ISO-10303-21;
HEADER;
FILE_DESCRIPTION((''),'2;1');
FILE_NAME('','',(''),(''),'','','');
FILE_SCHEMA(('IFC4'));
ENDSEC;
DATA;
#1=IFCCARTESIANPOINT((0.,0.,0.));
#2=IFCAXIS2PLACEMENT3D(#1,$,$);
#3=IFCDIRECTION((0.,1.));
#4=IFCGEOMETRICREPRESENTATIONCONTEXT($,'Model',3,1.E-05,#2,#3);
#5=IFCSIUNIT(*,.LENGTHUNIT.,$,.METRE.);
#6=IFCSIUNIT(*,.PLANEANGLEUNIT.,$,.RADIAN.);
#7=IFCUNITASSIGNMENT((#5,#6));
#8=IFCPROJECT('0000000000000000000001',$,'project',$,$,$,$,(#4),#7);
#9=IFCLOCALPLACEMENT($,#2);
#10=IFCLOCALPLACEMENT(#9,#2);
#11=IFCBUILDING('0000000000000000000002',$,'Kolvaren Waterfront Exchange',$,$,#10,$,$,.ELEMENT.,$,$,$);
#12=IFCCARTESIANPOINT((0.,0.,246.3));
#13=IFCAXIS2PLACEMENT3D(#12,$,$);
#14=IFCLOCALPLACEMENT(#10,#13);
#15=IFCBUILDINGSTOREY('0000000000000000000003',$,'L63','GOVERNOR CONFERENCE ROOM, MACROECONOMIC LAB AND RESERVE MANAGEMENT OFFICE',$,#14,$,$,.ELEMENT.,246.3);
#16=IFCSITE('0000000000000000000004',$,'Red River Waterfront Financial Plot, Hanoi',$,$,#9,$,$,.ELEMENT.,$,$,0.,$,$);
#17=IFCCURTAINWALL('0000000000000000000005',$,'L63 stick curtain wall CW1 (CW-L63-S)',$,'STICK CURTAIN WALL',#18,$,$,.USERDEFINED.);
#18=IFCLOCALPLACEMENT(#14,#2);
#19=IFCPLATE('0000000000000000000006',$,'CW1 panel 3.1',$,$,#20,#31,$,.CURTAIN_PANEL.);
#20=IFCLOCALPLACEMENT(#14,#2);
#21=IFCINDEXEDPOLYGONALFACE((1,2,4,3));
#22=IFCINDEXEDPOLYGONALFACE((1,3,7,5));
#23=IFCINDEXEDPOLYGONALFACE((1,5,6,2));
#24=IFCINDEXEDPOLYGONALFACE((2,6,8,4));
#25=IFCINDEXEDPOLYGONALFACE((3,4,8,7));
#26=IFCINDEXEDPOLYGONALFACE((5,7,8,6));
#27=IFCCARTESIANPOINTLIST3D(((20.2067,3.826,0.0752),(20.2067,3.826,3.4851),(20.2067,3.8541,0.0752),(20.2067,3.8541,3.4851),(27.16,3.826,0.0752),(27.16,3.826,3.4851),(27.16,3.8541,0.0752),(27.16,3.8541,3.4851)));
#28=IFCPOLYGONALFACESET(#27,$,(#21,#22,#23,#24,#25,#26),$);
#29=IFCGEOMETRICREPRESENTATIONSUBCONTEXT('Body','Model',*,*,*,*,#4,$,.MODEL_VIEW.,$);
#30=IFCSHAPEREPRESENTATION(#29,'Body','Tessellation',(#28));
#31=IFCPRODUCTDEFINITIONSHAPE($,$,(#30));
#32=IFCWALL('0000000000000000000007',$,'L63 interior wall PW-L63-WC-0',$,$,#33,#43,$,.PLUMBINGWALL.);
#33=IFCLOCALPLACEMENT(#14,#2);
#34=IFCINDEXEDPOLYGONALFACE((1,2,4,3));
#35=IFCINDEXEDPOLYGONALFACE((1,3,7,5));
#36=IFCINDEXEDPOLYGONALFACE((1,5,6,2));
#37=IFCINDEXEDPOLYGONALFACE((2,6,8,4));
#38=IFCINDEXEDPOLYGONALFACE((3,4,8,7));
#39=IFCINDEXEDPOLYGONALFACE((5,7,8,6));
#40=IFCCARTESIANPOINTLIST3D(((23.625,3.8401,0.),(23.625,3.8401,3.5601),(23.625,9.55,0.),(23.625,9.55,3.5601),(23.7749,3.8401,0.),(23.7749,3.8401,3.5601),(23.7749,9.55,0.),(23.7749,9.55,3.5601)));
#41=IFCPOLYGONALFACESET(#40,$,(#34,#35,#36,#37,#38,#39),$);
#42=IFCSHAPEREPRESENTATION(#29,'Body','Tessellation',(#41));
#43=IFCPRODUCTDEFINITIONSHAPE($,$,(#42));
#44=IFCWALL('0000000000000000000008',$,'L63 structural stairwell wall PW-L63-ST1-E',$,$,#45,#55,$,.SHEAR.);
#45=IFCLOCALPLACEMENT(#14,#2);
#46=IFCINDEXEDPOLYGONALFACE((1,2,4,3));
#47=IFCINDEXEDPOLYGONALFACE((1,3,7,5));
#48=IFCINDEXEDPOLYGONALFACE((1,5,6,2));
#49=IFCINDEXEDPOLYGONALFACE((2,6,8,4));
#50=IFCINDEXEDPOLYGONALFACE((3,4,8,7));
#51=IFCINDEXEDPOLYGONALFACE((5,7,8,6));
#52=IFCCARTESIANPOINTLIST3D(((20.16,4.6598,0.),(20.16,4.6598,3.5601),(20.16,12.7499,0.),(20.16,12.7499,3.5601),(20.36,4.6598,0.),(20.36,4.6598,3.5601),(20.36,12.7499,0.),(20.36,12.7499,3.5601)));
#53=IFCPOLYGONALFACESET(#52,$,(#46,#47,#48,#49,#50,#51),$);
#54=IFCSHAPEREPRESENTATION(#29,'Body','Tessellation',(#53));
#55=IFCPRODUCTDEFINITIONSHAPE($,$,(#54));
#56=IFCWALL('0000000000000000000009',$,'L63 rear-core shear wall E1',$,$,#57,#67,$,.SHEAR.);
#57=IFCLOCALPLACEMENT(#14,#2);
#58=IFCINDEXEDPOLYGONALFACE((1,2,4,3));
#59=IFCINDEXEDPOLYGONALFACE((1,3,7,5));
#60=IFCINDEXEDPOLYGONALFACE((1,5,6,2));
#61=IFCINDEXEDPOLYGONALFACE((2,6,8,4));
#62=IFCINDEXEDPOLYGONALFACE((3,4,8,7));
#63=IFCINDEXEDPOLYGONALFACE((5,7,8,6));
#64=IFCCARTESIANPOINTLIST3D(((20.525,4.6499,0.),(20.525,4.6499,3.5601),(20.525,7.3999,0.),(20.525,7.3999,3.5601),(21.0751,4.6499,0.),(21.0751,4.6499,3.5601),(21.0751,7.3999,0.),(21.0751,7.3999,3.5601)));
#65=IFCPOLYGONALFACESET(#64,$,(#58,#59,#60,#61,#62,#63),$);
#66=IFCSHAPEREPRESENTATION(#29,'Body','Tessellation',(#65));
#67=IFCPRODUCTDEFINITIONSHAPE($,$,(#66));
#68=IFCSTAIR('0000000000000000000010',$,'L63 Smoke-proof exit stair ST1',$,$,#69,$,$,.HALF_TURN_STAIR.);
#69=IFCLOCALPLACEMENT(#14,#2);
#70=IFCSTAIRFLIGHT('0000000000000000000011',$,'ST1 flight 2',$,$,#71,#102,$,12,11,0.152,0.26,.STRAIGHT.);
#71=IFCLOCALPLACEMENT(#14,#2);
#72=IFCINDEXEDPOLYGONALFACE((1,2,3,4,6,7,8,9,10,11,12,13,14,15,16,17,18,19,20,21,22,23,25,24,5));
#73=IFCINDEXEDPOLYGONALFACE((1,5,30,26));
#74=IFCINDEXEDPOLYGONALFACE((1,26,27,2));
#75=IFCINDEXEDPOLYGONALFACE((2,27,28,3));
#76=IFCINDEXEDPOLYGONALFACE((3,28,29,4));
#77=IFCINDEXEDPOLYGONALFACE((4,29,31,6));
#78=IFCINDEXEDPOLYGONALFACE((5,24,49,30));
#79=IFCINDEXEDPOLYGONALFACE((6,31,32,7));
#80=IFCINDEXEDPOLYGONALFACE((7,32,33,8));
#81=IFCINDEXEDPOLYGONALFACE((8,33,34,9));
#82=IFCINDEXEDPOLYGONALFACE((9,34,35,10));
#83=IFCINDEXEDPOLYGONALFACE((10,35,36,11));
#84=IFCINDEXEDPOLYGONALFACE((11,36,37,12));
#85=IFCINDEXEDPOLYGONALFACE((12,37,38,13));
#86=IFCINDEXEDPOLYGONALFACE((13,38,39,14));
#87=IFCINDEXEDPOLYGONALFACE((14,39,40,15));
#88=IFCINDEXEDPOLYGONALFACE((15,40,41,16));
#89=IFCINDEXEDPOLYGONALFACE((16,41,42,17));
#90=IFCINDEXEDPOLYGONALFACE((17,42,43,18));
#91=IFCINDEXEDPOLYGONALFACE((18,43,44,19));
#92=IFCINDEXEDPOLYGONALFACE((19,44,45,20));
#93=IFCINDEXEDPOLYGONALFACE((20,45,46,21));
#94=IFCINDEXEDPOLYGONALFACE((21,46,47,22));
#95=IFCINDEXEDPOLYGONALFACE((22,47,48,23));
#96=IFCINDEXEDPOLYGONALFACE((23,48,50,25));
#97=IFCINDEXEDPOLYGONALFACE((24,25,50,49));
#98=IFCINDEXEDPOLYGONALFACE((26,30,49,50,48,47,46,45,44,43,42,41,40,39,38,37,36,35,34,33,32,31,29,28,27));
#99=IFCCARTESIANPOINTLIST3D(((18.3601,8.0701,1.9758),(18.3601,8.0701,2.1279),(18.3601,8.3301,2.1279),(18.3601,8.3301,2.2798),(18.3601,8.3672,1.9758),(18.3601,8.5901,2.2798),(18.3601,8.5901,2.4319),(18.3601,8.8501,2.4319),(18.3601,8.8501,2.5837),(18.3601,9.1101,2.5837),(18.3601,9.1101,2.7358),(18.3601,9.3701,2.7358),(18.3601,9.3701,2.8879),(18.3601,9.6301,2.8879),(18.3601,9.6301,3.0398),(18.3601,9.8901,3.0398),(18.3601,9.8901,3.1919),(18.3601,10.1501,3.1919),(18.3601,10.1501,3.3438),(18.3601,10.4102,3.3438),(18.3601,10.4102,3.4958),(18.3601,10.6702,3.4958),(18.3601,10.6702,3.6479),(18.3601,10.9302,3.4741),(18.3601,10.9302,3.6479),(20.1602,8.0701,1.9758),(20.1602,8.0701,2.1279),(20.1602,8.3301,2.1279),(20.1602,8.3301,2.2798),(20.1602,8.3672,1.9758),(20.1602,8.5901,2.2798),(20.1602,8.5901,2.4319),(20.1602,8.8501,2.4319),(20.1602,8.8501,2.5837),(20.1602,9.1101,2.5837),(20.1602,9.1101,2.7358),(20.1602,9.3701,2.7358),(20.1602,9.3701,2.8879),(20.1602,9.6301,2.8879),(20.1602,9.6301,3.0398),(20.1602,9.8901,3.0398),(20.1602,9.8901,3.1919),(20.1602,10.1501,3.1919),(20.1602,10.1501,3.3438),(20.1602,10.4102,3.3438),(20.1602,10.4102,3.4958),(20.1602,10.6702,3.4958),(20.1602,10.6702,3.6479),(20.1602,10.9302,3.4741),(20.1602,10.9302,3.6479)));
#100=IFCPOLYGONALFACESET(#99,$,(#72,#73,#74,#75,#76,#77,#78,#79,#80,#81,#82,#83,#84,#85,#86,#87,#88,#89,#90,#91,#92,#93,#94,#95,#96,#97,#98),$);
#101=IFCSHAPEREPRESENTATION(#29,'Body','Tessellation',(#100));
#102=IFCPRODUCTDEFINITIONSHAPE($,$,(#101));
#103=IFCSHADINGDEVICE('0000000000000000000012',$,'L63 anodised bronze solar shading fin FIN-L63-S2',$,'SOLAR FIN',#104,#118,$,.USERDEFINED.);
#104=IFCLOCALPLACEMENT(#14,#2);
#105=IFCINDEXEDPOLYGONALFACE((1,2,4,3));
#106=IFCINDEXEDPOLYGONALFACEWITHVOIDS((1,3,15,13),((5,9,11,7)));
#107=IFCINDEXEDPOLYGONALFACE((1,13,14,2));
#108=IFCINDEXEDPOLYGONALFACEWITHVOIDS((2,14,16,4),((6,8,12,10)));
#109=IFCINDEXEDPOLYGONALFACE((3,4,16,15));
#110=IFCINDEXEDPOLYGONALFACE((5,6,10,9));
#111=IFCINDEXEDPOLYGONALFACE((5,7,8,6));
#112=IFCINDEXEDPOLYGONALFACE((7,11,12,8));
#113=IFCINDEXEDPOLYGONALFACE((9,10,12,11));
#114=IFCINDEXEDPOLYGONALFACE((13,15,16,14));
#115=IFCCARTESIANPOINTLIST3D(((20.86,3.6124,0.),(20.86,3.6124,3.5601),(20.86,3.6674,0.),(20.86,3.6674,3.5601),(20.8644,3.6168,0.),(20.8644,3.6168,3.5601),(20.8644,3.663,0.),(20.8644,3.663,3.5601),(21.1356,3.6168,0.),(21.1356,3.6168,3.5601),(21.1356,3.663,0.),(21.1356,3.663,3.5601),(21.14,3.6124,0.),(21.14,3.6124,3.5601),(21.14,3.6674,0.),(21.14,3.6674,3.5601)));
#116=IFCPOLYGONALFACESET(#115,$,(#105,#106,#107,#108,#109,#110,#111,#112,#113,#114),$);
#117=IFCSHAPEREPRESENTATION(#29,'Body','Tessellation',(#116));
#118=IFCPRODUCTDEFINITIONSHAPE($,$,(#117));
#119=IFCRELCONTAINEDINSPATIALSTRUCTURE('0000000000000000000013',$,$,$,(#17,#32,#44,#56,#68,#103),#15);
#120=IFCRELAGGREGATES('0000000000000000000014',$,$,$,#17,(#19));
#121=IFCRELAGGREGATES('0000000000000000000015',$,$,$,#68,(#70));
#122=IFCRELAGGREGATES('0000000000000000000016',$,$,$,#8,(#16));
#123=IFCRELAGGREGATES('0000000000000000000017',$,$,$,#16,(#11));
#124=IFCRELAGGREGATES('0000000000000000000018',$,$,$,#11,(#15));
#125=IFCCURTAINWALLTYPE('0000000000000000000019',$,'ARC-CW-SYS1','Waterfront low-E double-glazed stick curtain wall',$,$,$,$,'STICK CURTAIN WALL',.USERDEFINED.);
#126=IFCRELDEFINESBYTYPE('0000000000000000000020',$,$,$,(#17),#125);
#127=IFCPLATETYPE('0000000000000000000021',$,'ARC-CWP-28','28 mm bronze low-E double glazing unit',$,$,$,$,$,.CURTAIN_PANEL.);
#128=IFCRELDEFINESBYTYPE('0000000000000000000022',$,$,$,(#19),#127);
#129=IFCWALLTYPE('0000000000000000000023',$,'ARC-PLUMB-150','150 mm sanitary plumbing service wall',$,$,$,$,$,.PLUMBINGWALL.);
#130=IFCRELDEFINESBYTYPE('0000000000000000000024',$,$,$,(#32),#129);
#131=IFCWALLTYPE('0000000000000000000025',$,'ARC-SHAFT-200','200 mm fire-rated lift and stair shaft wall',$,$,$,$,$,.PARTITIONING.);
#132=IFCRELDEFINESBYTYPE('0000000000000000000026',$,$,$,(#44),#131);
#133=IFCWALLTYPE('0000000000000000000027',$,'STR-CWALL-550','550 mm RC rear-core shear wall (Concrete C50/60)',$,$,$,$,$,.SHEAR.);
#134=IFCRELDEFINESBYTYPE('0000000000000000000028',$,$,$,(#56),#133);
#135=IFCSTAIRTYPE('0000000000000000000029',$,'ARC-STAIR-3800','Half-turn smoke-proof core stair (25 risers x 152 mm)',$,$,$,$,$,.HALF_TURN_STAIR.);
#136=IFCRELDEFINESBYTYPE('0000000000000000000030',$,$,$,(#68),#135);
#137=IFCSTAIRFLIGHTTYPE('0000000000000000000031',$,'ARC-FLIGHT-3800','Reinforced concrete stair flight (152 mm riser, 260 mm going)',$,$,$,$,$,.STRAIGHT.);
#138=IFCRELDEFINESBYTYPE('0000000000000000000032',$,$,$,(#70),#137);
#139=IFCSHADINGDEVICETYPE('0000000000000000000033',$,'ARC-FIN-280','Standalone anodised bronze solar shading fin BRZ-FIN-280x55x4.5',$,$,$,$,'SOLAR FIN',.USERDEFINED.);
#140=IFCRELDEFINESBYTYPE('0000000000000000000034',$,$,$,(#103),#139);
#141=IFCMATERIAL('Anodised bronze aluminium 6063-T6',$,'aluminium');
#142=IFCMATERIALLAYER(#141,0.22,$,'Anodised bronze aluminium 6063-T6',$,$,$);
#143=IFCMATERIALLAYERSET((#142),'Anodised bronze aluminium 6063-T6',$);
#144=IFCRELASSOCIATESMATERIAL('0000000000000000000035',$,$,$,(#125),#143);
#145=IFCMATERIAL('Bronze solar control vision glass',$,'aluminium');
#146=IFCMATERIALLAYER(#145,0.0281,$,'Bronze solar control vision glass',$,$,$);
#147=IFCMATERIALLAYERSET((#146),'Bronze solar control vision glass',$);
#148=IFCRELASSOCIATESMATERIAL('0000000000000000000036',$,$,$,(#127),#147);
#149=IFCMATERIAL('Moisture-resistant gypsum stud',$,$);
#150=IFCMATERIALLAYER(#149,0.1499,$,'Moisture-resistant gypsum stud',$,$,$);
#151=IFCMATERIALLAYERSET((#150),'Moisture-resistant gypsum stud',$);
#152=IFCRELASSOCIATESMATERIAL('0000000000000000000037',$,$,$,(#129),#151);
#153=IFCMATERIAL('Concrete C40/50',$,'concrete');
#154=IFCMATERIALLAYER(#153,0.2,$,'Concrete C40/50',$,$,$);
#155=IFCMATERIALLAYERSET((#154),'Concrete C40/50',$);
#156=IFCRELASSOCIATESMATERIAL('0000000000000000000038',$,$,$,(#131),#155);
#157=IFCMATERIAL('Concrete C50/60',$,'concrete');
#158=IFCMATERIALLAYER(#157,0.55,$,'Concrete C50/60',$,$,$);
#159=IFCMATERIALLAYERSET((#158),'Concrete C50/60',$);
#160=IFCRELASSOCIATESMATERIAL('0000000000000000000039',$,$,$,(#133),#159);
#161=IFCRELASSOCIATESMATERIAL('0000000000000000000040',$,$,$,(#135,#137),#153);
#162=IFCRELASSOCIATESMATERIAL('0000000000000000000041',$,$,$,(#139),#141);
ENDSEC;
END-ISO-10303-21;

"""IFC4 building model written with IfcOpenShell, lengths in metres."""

from ifc_helpers import new_model, si_unit, direction, frame, frame_2d, origin, origin_with_axes, origin_2d, place, context, subcontext, project, spatial, polyline, rectangle, hollow_rectangle, outline, extrude, source, transform, mapped, material, layer, layer_set, material_profile, profile_set, type_object, element, aggregate, save


model = new_model("IFC4")

# Units and contexts
model_context = context("Model", 3, precision=1e-05, world=origin(), true_north=direction((0.0, 1.0)))
body_context = subcontext(model_context, "Body", "Model", "MODEL_VIEW")
ifc_project = project(units=[si_unit("LENGTHUNIT", "METRE"), si_unit("PLANEANGLEUNIT", "RADIAN")], contexts=[model_context])

# Site, building, storey
site_placement = place(None, origin())
site = spatial("IfcSite", under=ifc_project, at=site_placement, Name="Red River Waterfront Financial Plot, Hanoi", CompositionType="ELEMENT", RefElevation=0.0)
building_placement = place(site_placement, origin())
building = spatial("IfcBuilding", under=site, at=building_placement, Name="Kolvaren Waterfront Exchange", CompositionType="ELEMENT")
storey_placement = place(building_placement, frame((0.0, 0.0, 246.3)))
storey = spatial("IfcBuildingStorey", under=building, at=storey_placement, Name="L63", Description="GOVERNOR CONFERENCE ROOM, MACROECONOMIC LAB AND RESERVE MANAGEMENT OFFICE", CompositionType="ELEMENT", Elevation=246.3)

# Shared definitions
ifc_material_1 = material(Name="Concrete C50/60", Category="concrete")

# Curtain wall, plate
ifc_material_2 = material(Name="Anodised bronze aluminium 6063-T6", Category="aluminium")
ifc_layer_1 = layer(ifc_material_2, 0.22, Name="Anodised bronze aluminium 6063-T6")
ifc_layer_set_1 = layer_set([ifc_layer_1], Name="Anodised bronze aluminium 6063-T6")
curtain_wall_type = type_object("IfcCurtainWallType", Name="ARC-CW-SYS1", Description="Waterfront low-E double-glazed stick curtain wall", ElementType="STICK CURTAIN WALL", PredefinedType="USERDEFINED", material=ifc_layer_set_1)
curtain_wall_placement = place(storey_placement, origin())
curtain_wall = element("IfcCurtainWall", 1, at=curtain_wall_placement, inside=storey, type_object=curtain_wall_type, Name="L63 stick curtain wall CW1 (CW-L63-S)", ObjectType="STICK CURTAIN WALL", PredefinedType="USERDEFINED")
ifc_material_3 = material(Name="Bronze solar control vision glass", Category="aluminium")
ifc_layer_2 = layer(ifc_material_3, 0.0281, Name="Bronze solar control vision glass")
ifc_layer_set_2 = layer_set([ifc_layer_2], Name="Bronze solar control vision glass")
plate_type = type_object("IfcPlateType", Name="ARC-CWP-28", Description="28 mm bronze low-E double glazing unit", PredefinedType="CURTAIN_PANEL", material=ifc_layer_set_2)
shared_shape_1 = source(origin_with_axes(), body_context, "Body", "SweptSolid", [
    extrude(rectangle(XDim=6.9534, YDim=0.0281, at=origin_2d()), origin(), (0.0, 0.0, 1.0), 3.4099),
])
plate_placement = place(storey_placement, frame((23.6833, 3.8401, 0.0752), z_axis=(0.0, 0.0, 1.0), x_axis=(1.0, 0.0, 0.0)))
plate = element("IfcPlate", 2, at=plate_placement, type_object=plate_type, Name="CW1 panel 3.1", PredefinedType="CURTAIN_PANEL", context=body_context, shape_type="MappedRepresentation", body=[
    mapped(shared_shape_1, transform((0.0, 0.0, 0.0), x_axis=(1.0, 0.0, 0.0), y_axis=(0.0, 1.0, 0.0), z_axis=(0.0, 0.0, 1.0), scale=1.0)),
])
aggregate(curtain_wall, [plate])

# Walls
ifc_material_4 = material(Name="Moisture-resistant gypsum stud")
ifc_layer_3 = layer(ifc_material_4, 0.1499, Name="Moisture-resistant gypsum stud")
ifc_layer_set_3 = layer_set([ifc_layer_3], Name="Moisture-resistant gypsum stud")
wall_type_1 = type_object("IfcWallType", Name="ARC-PLUMB-150", Description="150 mm sanitary plumbing service wall", PredefinedType="PLUMBINGWALL", material=ifc_layer_set_3)
wall_1_placement = place(storey_placement, frame((23.7, 3.8401, 0.0), z_axis=(0.0, 0.0, 1.0), x_axis=(0.0, 1.0, 0.0)))
element("IfcWall", 3, at=wall_1_placement, inside=storey, type_object=wall_type_1, Name="L63 interior wall PW-L63-WC-0", PredefinedType="PLUMBINGWALL", context=body_context, shape_type="SweptSolid", body=[
    extrude(rectangle(XDim=5.71, YDim=0.1499, at=frame_2d((2.855, 0.0))), origin(), (0.0, 0.0, 1.0), 3.5601),
])
ifc_material_5 = material(Name="Concrete C40/50", Category="concrete")
ifc_layer_4 = layer(ifc_material_5, 0.2, Name="Concrete C40/50")
ifc_layer_set_4 = layer_set([ifc_layer_4], Name="Concrete C40/50")
wall_type_2 = type_object("IfcWallType", Name="ARC-SHAFT-200", Description="200 mm fire-rated lift and stair shaft wall", PredefinedType="PARTITIONING", material=ifc_layer_set_4)
wall_2_placement = place(storey_placement, frame((20.26, 4.6599, 0.0), z_axis=(0.0, 0.0, 1.0), x_axis=(0.0, 1.0, 0.0)))
element("IfcWall", 4, at=wall_2_placement, inside=storey, type_object=wall_type_2, Name="L63 structural stairwell wall PW-L63-ST1-E", PredefinedType="SHEAR", context=body_context, shape_type="SweptSolid", body=[
    extrude(rectangle(XDim=8.0901, YDim=0.2, at=frame_2d((4.0449, 0.0))), origin(), (0.0, 0.0, 1.0), 3.5601),
])
ifc_layer_5 = layer(ifc_material_1, 0.55, Name="Concrete C50/60")
ifc_layer_set_5 = layer_set([ifc_layer_5], Name="Concrete C50/60")
wall_type_3 = type_object("IfcWallType", Name="STR-CWALL-550", Description="550 mm RC rear-core shear wall (Concrete C50/60)", PredefinedType="SHEAR", material=ifc_layer_set_5)
wall_3_placement = place(storey_placement, frame((20.8, 4.6499, 0.0), z_axis=(0.0, 0.0, 1.0), x_axis=(0.0, 1.0, 0.0)))
element("IfcWall", 5, at=wall_3_placement, inside=storey, type_object=wall_type_3, Name="L63 rear-core shear wall E1", PredefinedType="SHEAR", context=body_context, shape_type="SweptSolid", body=[
    extrude(rectangle(XDim=2.75, YDim=0.55, at=frame_2d((1.375, 0.0))), origin(), (0.0, 0.0, 1.0), 3.5601),
])

# Stair, stair flight
stair_type = type_object("IfcStairType", Name="ARC-STAIR-3800", Description="Half-turn smoke-proof core stair (25 risers x 152 mm)", PredefinedType="HALF_TURN_STAIR", material=ifc_material_5)
stair_placement = place(storey_placement, origin())
stair = element("IfcStair", 6, at=stair_placement, inside=storey, type_object=stair_type, Name="L63 Smoke-proof exit stair ST1", PredefinedType="HALF_TURN_STAIR")
stair_flight_type = type_object("IfcStairFlightType", Name="ARC-FLIGHT-3800", Description="Reinforced concrete stair flight (152 mm riser, 260 mm going)", PredefinedType="STRAIGHT", material=ifc_material_5)
stair_flight_placement = place(storey_placement, frame((19.26, 8.0701, 1.9758), z_axis=(0.0, 0.0, 1.0), x_axis=(0.0, 1.0, 0.0)))
stair_flight = element("IfcStairFlight", 7, at=stair_flight_placement, type_object=stair_flight_type, Name="ST1 flight 2", NumberOfRisers=12, NumberOfTreads=11, PredefinedType="STRAIGHT", RiserHeight=0.152, TreadLength=0.26, context=body_context, shape_type="SweptSolid", body=[
    extrude(outline(polyline([(0.0, 0.0), (0.0, 0.1521), (0.26, 0.1521), (0.26, 0.304), (0.52, 0.304), (0.52, 0.4561), (0.78, 0.4561), (0.78, 0.6079), (1.04, 0.6079), (1.04, 0.76), (1.3, 0.76), (1.3, 0.9121), (1.5601, 0.9121), (1.5601, 1.064), (1.8201, 1.064), (1.8201, 1.2161), (2.0801, 1.2161), (2.0801, 1.3679), (2.3401, 1.3679), (2.3401, 1.52), (2.6001, 1.52), (2.6001, 1.6721), (2.8601, 1.6721), (2.8601, 1.824), (2.8601, 1.4983), (0.2971, 0.0), (0.0, 0.0)])), frame((0.0, 0.8999, 0.0), z_axis=(0.0, -1.0, 0.0), x_axis=(1.0, 0.0, 0.0)), (0.0, 0.0, 1.0), 1.8),
])
aggregate(stair, [stair_flight])

# Shading device
ifc_material_profile_1 = material_profile(ifc_material_2, hollow_rectangle(XDim=0.0549, YDim=0.28, WallThickness=0.0044, at=origin_2d()), Name="BRZ-FIN-280x55x4.5")
ifc_profile_set_1 = profile_set([ifc_material_profile_1], Name="Anodised bronze aluminium 6063-T6")
shading_device_type = type_object("IfcShadingDeviceType", Name="ARC-FIN-280", Description="Standalone anodised bronze solar shading fin BRZ-FIN-280x55x4.5", ElementType="SOLAR FIN", PredefinedType="USERDEFINED", material=ifc_profile_set_1)
shading_device_placement = place(storey_placement, frame((21.0, 3.6399, 0.0), z_axis=(0.0, 0.0, 1.0), x_axis=(0.0, -1.0, 0.0)))
element("IfcShadingDevice", 8, at=shading_device_placement, inside=storey, type_object=shading_device_type, Name="L63 anodised bronze solar shading fin FIN-L63-S2", ObjectType="SOLAR FIN", PredefinedType="USERDEFINED", context=body_context, shape_type="SweptSolid", body=[
    extrude(hollow_rectangle(XDim=0.0549, YDim=0.28, WallThickness=0.0044, at=origin_2d()), origin(), (0.0, 0.0, 1.0), 3.5601),
])

save(model, "model.ifc")
